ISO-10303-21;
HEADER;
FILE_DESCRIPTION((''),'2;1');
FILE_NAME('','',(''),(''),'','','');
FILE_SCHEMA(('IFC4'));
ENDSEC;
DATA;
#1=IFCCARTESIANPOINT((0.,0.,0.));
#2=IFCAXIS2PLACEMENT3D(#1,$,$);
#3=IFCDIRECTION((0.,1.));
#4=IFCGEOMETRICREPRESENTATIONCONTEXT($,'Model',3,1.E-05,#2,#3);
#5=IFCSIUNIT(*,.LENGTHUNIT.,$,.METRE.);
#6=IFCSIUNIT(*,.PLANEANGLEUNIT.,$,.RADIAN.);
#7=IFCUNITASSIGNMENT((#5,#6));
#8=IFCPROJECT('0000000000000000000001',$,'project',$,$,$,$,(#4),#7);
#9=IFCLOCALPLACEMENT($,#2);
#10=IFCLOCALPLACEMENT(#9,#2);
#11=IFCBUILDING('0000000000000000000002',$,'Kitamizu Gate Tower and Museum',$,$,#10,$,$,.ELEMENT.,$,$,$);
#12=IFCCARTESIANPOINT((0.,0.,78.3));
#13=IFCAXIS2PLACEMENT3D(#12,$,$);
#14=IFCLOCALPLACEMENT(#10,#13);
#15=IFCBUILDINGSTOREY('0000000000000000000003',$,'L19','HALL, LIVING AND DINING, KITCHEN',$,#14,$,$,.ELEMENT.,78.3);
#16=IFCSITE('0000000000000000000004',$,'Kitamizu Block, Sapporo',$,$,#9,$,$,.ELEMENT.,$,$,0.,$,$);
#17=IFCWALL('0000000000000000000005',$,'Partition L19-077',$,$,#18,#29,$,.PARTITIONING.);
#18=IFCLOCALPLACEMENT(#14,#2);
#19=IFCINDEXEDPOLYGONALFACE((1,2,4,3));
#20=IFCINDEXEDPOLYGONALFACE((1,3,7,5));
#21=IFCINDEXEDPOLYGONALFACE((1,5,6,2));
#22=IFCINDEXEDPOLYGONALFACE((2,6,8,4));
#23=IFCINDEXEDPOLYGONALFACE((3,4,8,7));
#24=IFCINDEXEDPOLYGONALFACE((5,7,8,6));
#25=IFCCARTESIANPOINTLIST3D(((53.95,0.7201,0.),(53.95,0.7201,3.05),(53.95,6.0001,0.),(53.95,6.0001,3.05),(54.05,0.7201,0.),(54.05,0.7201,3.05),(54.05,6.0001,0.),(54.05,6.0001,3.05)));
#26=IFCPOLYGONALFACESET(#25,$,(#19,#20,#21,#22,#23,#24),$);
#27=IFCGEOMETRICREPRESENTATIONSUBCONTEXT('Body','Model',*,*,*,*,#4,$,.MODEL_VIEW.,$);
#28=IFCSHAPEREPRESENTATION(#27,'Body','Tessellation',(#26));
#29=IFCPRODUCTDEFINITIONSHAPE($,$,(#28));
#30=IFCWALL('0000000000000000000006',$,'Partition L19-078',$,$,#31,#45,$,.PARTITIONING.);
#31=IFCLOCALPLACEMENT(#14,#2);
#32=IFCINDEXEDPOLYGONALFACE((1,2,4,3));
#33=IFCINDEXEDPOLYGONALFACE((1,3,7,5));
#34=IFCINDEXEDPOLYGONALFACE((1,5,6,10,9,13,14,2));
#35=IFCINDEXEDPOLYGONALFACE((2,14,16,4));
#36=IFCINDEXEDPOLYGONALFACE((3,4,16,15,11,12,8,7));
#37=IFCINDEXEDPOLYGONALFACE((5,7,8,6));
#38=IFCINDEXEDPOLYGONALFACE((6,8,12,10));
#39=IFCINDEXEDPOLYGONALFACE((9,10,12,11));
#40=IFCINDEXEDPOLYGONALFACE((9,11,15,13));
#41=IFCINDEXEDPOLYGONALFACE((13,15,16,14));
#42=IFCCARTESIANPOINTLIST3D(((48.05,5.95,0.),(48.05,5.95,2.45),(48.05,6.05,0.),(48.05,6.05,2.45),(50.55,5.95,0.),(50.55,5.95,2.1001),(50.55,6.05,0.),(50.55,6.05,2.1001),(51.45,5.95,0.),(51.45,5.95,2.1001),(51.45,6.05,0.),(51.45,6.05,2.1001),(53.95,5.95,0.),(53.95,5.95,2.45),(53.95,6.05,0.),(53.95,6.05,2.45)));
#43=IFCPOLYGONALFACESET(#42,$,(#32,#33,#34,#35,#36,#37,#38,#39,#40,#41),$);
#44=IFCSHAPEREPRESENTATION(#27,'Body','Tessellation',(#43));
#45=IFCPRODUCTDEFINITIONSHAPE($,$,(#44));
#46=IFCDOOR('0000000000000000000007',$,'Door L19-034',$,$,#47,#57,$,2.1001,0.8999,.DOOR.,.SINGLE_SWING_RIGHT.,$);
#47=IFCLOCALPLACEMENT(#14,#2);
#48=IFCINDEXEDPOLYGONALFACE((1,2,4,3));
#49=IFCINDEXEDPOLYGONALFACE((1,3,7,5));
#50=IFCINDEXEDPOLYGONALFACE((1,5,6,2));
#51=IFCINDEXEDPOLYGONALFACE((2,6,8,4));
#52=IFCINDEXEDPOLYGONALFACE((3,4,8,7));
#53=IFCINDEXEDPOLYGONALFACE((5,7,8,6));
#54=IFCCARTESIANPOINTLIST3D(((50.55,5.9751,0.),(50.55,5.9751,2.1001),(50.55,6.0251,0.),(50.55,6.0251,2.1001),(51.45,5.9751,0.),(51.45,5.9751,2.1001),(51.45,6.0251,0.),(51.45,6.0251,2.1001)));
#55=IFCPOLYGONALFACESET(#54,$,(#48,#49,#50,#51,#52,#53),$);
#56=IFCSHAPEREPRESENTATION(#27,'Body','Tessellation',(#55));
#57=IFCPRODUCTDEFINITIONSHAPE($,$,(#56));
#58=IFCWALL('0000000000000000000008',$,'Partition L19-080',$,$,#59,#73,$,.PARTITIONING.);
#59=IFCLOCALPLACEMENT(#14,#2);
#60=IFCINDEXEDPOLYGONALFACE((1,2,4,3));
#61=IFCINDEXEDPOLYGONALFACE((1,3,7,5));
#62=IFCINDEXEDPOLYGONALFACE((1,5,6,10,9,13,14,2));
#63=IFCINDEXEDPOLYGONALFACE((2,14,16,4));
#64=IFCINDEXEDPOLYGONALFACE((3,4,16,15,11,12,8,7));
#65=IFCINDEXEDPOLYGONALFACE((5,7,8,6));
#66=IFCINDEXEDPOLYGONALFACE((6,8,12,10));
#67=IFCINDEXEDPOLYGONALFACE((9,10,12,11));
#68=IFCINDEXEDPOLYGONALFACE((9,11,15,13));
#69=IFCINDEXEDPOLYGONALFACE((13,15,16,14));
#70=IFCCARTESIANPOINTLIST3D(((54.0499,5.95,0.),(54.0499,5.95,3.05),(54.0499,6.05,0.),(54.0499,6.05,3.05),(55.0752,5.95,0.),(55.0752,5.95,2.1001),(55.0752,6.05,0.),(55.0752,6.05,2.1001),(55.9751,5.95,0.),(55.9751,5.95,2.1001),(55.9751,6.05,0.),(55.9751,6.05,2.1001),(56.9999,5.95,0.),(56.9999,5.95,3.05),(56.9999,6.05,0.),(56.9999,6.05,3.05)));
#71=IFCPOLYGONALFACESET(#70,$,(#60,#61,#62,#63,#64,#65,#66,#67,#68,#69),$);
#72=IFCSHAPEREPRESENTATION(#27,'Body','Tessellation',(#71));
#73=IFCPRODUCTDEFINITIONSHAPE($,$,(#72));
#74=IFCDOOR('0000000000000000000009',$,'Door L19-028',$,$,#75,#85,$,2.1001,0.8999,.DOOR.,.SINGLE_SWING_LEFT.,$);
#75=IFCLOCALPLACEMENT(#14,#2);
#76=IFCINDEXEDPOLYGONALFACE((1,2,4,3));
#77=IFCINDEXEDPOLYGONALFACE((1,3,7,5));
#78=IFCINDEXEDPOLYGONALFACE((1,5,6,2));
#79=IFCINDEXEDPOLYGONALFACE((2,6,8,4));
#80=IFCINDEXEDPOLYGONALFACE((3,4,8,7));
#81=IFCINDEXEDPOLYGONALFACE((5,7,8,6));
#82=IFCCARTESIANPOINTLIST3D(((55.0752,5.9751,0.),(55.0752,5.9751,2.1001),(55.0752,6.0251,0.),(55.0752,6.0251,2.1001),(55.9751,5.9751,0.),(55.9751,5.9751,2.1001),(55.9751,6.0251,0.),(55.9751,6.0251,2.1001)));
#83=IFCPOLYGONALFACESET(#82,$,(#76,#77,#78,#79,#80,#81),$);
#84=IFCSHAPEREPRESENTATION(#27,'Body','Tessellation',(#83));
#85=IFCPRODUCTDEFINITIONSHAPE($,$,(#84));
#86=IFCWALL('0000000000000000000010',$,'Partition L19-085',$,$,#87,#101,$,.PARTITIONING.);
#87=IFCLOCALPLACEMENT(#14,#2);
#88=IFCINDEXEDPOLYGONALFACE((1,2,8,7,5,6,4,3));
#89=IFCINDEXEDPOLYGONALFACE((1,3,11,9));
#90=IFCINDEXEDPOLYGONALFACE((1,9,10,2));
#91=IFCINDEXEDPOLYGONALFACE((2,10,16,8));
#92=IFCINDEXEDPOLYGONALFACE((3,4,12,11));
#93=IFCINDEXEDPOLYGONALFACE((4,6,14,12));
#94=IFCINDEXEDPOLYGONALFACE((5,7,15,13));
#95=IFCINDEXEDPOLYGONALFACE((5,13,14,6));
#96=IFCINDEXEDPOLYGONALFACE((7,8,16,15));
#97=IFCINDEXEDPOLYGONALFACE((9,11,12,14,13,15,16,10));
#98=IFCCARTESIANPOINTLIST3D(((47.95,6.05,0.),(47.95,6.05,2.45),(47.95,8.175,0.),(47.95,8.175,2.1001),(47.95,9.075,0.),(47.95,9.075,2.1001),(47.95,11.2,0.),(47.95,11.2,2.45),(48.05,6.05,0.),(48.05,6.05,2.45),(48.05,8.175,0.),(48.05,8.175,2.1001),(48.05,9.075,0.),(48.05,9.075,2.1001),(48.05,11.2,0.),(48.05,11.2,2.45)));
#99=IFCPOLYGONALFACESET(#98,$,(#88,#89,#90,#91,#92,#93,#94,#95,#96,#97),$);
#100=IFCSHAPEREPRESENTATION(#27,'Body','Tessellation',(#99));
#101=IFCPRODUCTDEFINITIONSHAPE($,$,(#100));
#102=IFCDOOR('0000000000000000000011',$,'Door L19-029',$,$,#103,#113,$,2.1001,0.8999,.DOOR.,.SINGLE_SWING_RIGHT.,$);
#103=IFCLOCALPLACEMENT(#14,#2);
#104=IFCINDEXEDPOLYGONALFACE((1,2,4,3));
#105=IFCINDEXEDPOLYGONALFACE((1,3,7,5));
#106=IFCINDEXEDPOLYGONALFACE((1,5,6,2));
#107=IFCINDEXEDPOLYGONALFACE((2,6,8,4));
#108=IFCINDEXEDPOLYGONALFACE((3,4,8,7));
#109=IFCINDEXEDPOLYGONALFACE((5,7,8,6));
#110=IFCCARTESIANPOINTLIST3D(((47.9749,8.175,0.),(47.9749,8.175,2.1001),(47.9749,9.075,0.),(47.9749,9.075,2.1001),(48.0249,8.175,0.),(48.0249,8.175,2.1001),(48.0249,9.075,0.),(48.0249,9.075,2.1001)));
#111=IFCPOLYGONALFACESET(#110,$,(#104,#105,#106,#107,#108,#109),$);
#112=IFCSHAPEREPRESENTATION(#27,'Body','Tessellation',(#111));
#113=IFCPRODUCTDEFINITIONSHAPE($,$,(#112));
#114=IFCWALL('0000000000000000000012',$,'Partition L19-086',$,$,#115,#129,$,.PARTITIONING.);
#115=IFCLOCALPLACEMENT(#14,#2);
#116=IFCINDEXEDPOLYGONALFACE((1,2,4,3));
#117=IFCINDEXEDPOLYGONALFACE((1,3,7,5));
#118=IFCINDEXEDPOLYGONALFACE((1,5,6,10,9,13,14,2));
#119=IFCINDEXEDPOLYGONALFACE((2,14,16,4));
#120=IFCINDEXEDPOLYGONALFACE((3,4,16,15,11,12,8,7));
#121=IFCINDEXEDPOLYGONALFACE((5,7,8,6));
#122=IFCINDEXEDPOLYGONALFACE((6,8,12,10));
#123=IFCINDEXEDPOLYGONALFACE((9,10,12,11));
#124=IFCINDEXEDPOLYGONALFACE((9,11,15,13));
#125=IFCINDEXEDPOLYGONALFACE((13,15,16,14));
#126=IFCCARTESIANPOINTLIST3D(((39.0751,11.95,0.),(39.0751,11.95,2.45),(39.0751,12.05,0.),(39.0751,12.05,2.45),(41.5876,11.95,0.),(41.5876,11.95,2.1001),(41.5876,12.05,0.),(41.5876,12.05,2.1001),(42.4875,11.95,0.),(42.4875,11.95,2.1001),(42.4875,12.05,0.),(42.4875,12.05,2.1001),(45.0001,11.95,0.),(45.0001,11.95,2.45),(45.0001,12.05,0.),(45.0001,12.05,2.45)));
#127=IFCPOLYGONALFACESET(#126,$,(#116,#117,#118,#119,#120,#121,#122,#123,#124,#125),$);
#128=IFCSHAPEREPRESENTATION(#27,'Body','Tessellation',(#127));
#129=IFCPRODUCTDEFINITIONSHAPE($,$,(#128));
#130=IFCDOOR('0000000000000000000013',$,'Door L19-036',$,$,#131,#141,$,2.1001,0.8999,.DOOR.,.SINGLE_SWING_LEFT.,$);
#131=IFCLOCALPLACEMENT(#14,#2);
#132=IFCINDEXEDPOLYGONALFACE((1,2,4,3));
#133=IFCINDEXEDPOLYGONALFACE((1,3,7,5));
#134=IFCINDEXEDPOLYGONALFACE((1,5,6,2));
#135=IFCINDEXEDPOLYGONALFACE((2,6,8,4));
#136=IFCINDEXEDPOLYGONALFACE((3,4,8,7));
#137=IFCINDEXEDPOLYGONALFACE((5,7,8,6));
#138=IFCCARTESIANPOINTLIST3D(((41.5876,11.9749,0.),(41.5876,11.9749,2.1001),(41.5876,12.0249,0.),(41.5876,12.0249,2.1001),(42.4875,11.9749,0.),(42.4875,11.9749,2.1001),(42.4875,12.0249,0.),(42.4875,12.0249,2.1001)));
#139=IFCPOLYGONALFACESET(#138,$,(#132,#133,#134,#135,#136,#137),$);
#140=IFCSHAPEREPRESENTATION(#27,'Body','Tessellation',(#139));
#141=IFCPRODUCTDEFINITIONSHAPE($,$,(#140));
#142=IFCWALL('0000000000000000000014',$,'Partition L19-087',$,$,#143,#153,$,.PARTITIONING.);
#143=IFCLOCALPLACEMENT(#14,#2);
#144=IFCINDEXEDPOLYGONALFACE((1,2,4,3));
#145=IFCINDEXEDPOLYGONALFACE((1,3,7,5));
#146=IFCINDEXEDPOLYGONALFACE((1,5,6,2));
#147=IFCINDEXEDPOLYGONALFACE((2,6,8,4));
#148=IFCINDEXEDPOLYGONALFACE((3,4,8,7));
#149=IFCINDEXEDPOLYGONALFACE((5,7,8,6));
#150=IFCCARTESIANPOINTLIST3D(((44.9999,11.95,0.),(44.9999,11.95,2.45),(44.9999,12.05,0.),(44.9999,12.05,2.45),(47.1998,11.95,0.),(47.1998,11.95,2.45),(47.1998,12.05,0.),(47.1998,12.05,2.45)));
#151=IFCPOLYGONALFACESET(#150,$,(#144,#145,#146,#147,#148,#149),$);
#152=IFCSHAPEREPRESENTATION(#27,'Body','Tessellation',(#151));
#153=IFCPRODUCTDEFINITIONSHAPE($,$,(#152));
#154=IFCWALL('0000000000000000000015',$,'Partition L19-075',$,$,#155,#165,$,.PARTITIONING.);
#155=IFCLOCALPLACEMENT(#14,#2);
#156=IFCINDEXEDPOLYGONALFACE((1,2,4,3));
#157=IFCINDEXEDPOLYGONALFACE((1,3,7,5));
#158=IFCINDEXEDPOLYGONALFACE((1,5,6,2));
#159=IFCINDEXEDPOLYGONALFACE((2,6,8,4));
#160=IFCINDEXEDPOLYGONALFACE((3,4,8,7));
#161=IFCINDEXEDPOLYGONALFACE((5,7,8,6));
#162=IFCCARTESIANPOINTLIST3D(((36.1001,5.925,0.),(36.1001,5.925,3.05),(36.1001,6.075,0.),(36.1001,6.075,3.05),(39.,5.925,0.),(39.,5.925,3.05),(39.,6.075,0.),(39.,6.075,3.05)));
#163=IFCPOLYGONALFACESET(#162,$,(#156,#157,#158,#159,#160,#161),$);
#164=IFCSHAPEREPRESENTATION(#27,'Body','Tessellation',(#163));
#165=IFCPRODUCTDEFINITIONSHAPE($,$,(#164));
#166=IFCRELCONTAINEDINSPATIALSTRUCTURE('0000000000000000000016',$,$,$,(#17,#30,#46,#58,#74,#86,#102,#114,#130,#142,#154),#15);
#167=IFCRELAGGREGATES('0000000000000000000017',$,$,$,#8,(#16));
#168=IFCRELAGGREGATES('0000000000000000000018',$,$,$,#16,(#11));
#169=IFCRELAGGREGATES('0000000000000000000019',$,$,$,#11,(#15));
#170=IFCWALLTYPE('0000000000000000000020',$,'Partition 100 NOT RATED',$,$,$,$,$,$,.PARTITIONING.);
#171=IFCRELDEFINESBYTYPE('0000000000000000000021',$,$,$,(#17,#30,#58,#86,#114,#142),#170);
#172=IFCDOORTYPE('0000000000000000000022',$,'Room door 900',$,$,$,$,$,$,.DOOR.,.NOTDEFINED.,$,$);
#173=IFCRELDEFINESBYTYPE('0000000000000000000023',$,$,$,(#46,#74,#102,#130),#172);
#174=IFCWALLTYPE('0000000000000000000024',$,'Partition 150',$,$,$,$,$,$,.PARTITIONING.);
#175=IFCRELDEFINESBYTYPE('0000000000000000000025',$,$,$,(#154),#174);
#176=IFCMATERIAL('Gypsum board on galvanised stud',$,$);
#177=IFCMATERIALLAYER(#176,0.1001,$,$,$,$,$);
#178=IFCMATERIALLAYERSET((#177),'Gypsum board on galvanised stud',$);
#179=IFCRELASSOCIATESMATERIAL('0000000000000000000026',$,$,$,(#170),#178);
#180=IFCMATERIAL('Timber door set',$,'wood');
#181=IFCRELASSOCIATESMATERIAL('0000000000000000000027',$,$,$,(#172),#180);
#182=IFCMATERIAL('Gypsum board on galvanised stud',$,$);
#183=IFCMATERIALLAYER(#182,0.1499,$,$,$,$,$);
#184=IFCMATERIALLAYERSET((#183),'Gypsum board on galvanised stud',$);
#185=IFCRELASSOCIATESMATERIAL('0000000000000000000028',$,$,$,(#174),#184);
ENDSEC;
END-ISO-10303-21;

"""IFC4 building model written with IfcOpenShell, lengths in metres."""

from ifc_helpers import new_model, si_unit, direction, frame, frame_2d, origin, place, context, subcontext, project, spatial, rectangle, extrude, material, layer, layer_set, type_object, element, fill, save


model = new_model("IFC4")

# Units and contexts
model_context = context("Model", 3, precision=1e-05, world=origin(), true_north=direction((0.0, 1.0)))
body_context = subcontext(model_context, "Body", "Model", "MODEL_VIEW")
ifc_project = project(units=[si_unit("LENGTHUNIT", "METRE"), si_unit("PLANEANGLEUNIT", "RADIAN")], contexts=[model_context])

# Site, building, storey
site_placement = place(None, origin())
site = spatial("IfcSite", under=ifc_project, at=site_placement, Name="Kitamizu Block, Sapporo", CompositionType="ELEMENT", RefElevation=0.0)
building_placement = place(site_placement, origin())
building = spatial("IfcBuilding", under=site, at=building_placement, Name="Kitamizu Gate Tower and Museum", CompositionType="ELEMENT")
storey_placement = place(building_placement, frame((0.0, 0.0, 78.3)))
storey = spatial("IfcBuildingStorey", under=building, at=storey_placement, Name="L19", Description="HALL, LIVING AND DINING, KITCHEN", CompositionType="ELEMENT", Elevation=78.3)

# Shared definitions
ifc_material_1 = material(Name="Gypsum board on galvanised stud")
ifc_layer_1 = layer(ifc_material_1, 0.1001)
ifc_layer_set_1 = layer_set([ifc_layer_1], Name="Gypsum board on galvanised stud")
wall_type_1 = type_object("IfcWallType", Name="Partition 100 NOT RATED", PredefinedType="PARTITIONING", material=ifc_layer_set_1)

# Shared definitions
ifc_material_2 = material(Name="Timber door set", Category="wood")
door_type_1 = type_object("IfcDoorType", Name="Room door 900", OperationType="NOTDEFINED", PredefinedType="DOOR", material=ifc_material_2)

# Wall
wall_1_placement = place(storey_placement, frame((54.0, 0.72, 0.0), z_axis=(0.0, 0.0, 1.0), x_axis=(0.0, 1.0, 0.0)))
element("IfcWall", 1, at=wall_1_placement, inside=storey, type_object=wall_type_1, Name="Partition L19-077", PredefinedType="PARTITIONING", context=body_context, shape_type="SweptSolid", body=[
    extrude(rectangle(XDim=5.28, YDim=0.1001, at=frame_2d((2.6401, 0.0))), origin(), (0.0, 0.0, 1.0), 3.05),
])

# Walls, openings, doors
wall_2_placement = place(storey_placement, frame((53.95, 6.0, 0.0), z_axis=(0.0, 0.0, 1.0), x_axis=(-1.0, 0.0, 0.0)))
wall_2 = element("IfcWall", 2, at=wall_2_placement, inside=storey, type_object=wall_type_1, Name="Partition L19-078", PredefinedType="PARTITIONING", context=body_context, shape_type="SweptSolid", body=[
    extrude(rectangle(XDim=5.8999, YDim=0.1001, at=frame_2d((2.95, 0.0))), origin(), (0.0, 0.0, 1.0), 2.45),
])
opening_1_placement = place(wall_2_placement, frame((2.5, 0.0, 0.0)))
opening_1 = element("IfcOpeningElement", 3, at=opening_1_placement, cuts=wall_2, PredefinedType="OPENING", context=body_context, shape_type="SweptSolid", body=[
    extrude(rectangle(XDim=0.8999, YDim=2.1001, at=frame_2d((0.45, 1.05))), frame((0.0, 0.0601, 0.0), z_axis=(0.0, -1.0, 0.0), x_axis=(1.0, 0.0, 0.0)), (0.0, 0.0, 1.0), 0.1201),
])
door_1_placement = place(opening_1_placement, origin())
door_1 = element("IfcDoor", 4, at=door_1_placement, inside=storey, type_object=door_type_1, Name="Door L19-034", OperationType="SINGLE_SWING_RIGHT", OverallHeight=2.1001, OverallWidth=0.8999, PredefinedType="DOOR", context=body_context, shape_type="SweptSolid", body=[
    extrude(rectangle(XDim=0.8999, YDim=2.1001, at=frame_2d((0.45, 1.05))), frame((0.0, 0.0249, 0.0), z_axis=(0.0, -1.0, 0.0), x_axis=(1.0, 0.0, 0.0)), (0.0, 0.0, 1.0), 0.05),
])
fill(opening_1, door_1)
wall_3_placement = place(storey_placement, frame((57.0, 6.0, 0.0), z_axis=(0.0, 0.0, 1.0), x_axis=(-1.0, 0.0, 0.0)))
wall_3 = element("IfcWall", 5, at=wall_3_placement, inside=storey, type_object=wall_type_1, Name="Partition L19-080", PredefinedType="PARTITIONING", context=body_context, shape_type="SweptSolid", body=[
    extrude(rectangle(XDim=2.95, YDim=0.1001, at=frame_2d((1.4751, 0.0))), origin(), (0.0, 0.0, 1.0), 3.05),
])
opening_2_placement = place(wall_3_placement, frame((1.0249, 0.0, 0.0)))
opening_2 = element("IfcOpeningElement", 6, at=opening_2_placement, cuts=wall_3, PredefinedType="OPENING", context=body_context, shape_type="SweptSolid", body=[
    extrude(rectangle(XDim=0.8999, YDim=2.1001, at=frame_2d((0.45, 1.05))), frame((0.0, 0.0601, 0.0), z_axis=(0.0, -1.0, 0.0), x_axis=(1.0, 0.0, 0.0)), (0.0, 0.0, 1.0), 0.1201),
])
door_2_placement = place(opening_2_placement, origin())
door_2 = element("IfcDoor", 7, at=door_2_placement, inside=storey, type_object=door_type_1, Name="Door L19-028", OperationType="SINGLE_SWING_LEFT", OverallHeight=2.1001, OverallWidth=0.8999, PredefinedType="DOOR", context=body_context, shape_type="SweptSolid", body=[
    extrude(rectangle(XDim=0.8999, YDim=2.1001, at=frame_2d((0.45, 1.05))), frame((0.0, 0.0249, 0.0), z_axis=(0.0, -1.0, 0.0), x_axis=(1.0, 0.0, 0.0)), (0.0, 0.0, 1.0), 0.05),
])
fill(opening_2, door_2)
wall_4_placement = place(storey_placement, frame((48.0, 6.05, 0.0), z_axis=(0.0, 0.0, 1.0), x_axis=(0.0, 1.0, 0.0)))
wall_4 = element("IfcWall", 8, at=wall_4_placement, inside=storey, type_object=wall_type_1, Name="Partition L19-085", PredefinedType="PARTITIONING", context=body_context, shape_type="SweptSolid", body=[
    extrude(rectangle(XDim=5.1499, YDim=0.1001, at=frame_2d((2.575, 0.0))), origin(), (0.0, 0.0, 1.0), 2.45),
])
opening_3_placement = place(wall_4_placement, frame((2.125, 0.0, 0.0)))
opening_3 = element("IfcOpeningElement", 9, at=opening_3_placement, cuts=wall_4, PredefinedType="OPENING", context=body_context, shape_type="SweptSolid", body=[
    extrude(rectangle(XDim=0.8999, YDim=2.1001, at=frame_2d((0.45, 1.05))), frame((0.0, 0.0601, 0.0), z_axis=(0.0, -1.0, 0.0), x_axis=(1.0, 0.0, 0.0)), (0.0, 0.0, 1.0), 0.1201),
])
door_3_placement = place(opening_3_placement, frame((0.8999, 0.0, 0.0), x_axis=(-1.0, 0.0, 0.0)))
door_3 = element("IfcDoor", 10, at=door_3_placement, inside=storey, type_object=door_type_1, Name="Door L19-029", OperationType="SINGLE_SWING_RIGHT", OverallHeight=2.1001, OverallWidth=0.8999, PredefinedType="DOOR", context=body_context, shape_type="SweptSolid", body=[
    extrude(rectangle(XDim=0.8999, YDim=2.1001, at=frame_2d((0.45, 1.05))), frame((0.0, 0.0249, 0.0), z_axis=(0.0, -1.0, 0.0), x_axis=(1.0, 0.0, 0.0)), (0.0, 0.0, 1.0), 0.05),
])
fill(opening_3, door_3)
wall_5_placement = place(storey_placement, frame((45.0, 12.0, 0.0), z_axis=(0.0, 0.0, 1.0), x_axis=(-1.0, 0.0, 0.0)))
wall_5 = element("IfcWall", 11, at=wall_5_placement, inside=storey, type_object=wall_type_1, Name="Partition L19-086", PredefinedType="PARTITIONING", context=body_context, shape_type="SweptSolid", body=[
    extrude(rectangle(XDim=5.925, YDim=0.1001, at=frame_2d((2.9624, 0.0))), origin(), (0.0, 0.0, 1.0), 2.45),
])
opening_4_placement = place(wall_5_placement, frame((2.5125, 0.0, 0.0)))
opening_4 = element("IfcOpeningElement", 12, at=opening_4_placement, cuts=wall_5, PredefinedType="OPENING", context=body_context, shape_type="SweptSolid", body=[
    extrude(rectangle(XDim=0.8999, YDim=2.1001, at=frame_2d((0.45, 1.05))), frame((0.0, 0.0601, 0.0), z_axis=(0.0, -1.0, 0.0), x_axis=(1.0, 0.0, 0.0)), (0.0, 0.0, 1.0), 0.1201),
])
door_4_placement = place(opening_4_placement, frame((0.8999, 0.0, 0.0), x_axis=(-1.0, 0.0, 0.0)))
door_4 = element("IfcDoor", 13, at=door_4_placement, inside=storey, type_object=door_type_1, Name="Door L19-036", OperationType="SINGLE_SWING_LEFT", OverallHeight=2.1001, OverallWidth=0.8999, PredefinedType="DOOR", context=body_context, shape_type="SweptSolid", body=[
    extrude(rectangle(XDim=0.8999, YDim=2.1001, at=frame_2d((0.45, 1.05))), frame((0.0, 0.0249, 0.0), z_axis=(0.0, -1.0, 0.0), x_axis=(1.0, 0.0, 0.0)), (0.0, 0.0, 1.0), 0.05),
])
fill(opening_4, door_4)

# Walls
wall_6_placement = place(storey_placement, frame((47.2, 12.0, 0.0), z_axis=(0.0, 0.0, 1.0), x_axis=(-1.0, 0.0, 0.0)))
element("IfcWall", 14, at=wall_6_placement, inside=storey, type_object=wall_type_1, Name="Partition L19-087", PredefinedType="PARTITIONING", context=body_context, shape_type="SweptSolid", body=[
    extrude(rectangle(XDim=2.2, YDim=0.1001, at=frame_2d((1.1001, 0.0))), origin(), (0.0, 0.0, 1.0), 2.45),
])
ifc_material_3 = material(Name="Gypsum board on galvanised stud")
ifc_layer_2 = layer(ifc_material_3, 0.1499)
ifc_layer_set_2 = layer_set([ifc_layer_2], Name="Gypsum board on galvanised stud")
wall_type_2 = type_object("IfcWallType", Name="Partition 150", PredefinedType="PARTITIONING", material=ifc_layer_set_2)
wall_7_placement = place(storey_placement, frame((39.0, 6.0, 0.0), z_axis=(0.0, 0.0, 1.0), x_axis=(-1.0, 0.0, 0.0)))
element("IfcWall", 15, at=wall_7_placement, inside=storey, type_object=wall_type_2, Name="Partition L19-075", PredefinedType="PARTITIONING", context=body_context, shape_type="SweptSolid", body=[
    extrude(rectangle(XDim=2.8999, YDim=0.1499, at=frame_2d((1.45, 0.0))), origin(), (0.0, 0.0, 1.0), 3.05),
])

save(model, "model.ifc")
